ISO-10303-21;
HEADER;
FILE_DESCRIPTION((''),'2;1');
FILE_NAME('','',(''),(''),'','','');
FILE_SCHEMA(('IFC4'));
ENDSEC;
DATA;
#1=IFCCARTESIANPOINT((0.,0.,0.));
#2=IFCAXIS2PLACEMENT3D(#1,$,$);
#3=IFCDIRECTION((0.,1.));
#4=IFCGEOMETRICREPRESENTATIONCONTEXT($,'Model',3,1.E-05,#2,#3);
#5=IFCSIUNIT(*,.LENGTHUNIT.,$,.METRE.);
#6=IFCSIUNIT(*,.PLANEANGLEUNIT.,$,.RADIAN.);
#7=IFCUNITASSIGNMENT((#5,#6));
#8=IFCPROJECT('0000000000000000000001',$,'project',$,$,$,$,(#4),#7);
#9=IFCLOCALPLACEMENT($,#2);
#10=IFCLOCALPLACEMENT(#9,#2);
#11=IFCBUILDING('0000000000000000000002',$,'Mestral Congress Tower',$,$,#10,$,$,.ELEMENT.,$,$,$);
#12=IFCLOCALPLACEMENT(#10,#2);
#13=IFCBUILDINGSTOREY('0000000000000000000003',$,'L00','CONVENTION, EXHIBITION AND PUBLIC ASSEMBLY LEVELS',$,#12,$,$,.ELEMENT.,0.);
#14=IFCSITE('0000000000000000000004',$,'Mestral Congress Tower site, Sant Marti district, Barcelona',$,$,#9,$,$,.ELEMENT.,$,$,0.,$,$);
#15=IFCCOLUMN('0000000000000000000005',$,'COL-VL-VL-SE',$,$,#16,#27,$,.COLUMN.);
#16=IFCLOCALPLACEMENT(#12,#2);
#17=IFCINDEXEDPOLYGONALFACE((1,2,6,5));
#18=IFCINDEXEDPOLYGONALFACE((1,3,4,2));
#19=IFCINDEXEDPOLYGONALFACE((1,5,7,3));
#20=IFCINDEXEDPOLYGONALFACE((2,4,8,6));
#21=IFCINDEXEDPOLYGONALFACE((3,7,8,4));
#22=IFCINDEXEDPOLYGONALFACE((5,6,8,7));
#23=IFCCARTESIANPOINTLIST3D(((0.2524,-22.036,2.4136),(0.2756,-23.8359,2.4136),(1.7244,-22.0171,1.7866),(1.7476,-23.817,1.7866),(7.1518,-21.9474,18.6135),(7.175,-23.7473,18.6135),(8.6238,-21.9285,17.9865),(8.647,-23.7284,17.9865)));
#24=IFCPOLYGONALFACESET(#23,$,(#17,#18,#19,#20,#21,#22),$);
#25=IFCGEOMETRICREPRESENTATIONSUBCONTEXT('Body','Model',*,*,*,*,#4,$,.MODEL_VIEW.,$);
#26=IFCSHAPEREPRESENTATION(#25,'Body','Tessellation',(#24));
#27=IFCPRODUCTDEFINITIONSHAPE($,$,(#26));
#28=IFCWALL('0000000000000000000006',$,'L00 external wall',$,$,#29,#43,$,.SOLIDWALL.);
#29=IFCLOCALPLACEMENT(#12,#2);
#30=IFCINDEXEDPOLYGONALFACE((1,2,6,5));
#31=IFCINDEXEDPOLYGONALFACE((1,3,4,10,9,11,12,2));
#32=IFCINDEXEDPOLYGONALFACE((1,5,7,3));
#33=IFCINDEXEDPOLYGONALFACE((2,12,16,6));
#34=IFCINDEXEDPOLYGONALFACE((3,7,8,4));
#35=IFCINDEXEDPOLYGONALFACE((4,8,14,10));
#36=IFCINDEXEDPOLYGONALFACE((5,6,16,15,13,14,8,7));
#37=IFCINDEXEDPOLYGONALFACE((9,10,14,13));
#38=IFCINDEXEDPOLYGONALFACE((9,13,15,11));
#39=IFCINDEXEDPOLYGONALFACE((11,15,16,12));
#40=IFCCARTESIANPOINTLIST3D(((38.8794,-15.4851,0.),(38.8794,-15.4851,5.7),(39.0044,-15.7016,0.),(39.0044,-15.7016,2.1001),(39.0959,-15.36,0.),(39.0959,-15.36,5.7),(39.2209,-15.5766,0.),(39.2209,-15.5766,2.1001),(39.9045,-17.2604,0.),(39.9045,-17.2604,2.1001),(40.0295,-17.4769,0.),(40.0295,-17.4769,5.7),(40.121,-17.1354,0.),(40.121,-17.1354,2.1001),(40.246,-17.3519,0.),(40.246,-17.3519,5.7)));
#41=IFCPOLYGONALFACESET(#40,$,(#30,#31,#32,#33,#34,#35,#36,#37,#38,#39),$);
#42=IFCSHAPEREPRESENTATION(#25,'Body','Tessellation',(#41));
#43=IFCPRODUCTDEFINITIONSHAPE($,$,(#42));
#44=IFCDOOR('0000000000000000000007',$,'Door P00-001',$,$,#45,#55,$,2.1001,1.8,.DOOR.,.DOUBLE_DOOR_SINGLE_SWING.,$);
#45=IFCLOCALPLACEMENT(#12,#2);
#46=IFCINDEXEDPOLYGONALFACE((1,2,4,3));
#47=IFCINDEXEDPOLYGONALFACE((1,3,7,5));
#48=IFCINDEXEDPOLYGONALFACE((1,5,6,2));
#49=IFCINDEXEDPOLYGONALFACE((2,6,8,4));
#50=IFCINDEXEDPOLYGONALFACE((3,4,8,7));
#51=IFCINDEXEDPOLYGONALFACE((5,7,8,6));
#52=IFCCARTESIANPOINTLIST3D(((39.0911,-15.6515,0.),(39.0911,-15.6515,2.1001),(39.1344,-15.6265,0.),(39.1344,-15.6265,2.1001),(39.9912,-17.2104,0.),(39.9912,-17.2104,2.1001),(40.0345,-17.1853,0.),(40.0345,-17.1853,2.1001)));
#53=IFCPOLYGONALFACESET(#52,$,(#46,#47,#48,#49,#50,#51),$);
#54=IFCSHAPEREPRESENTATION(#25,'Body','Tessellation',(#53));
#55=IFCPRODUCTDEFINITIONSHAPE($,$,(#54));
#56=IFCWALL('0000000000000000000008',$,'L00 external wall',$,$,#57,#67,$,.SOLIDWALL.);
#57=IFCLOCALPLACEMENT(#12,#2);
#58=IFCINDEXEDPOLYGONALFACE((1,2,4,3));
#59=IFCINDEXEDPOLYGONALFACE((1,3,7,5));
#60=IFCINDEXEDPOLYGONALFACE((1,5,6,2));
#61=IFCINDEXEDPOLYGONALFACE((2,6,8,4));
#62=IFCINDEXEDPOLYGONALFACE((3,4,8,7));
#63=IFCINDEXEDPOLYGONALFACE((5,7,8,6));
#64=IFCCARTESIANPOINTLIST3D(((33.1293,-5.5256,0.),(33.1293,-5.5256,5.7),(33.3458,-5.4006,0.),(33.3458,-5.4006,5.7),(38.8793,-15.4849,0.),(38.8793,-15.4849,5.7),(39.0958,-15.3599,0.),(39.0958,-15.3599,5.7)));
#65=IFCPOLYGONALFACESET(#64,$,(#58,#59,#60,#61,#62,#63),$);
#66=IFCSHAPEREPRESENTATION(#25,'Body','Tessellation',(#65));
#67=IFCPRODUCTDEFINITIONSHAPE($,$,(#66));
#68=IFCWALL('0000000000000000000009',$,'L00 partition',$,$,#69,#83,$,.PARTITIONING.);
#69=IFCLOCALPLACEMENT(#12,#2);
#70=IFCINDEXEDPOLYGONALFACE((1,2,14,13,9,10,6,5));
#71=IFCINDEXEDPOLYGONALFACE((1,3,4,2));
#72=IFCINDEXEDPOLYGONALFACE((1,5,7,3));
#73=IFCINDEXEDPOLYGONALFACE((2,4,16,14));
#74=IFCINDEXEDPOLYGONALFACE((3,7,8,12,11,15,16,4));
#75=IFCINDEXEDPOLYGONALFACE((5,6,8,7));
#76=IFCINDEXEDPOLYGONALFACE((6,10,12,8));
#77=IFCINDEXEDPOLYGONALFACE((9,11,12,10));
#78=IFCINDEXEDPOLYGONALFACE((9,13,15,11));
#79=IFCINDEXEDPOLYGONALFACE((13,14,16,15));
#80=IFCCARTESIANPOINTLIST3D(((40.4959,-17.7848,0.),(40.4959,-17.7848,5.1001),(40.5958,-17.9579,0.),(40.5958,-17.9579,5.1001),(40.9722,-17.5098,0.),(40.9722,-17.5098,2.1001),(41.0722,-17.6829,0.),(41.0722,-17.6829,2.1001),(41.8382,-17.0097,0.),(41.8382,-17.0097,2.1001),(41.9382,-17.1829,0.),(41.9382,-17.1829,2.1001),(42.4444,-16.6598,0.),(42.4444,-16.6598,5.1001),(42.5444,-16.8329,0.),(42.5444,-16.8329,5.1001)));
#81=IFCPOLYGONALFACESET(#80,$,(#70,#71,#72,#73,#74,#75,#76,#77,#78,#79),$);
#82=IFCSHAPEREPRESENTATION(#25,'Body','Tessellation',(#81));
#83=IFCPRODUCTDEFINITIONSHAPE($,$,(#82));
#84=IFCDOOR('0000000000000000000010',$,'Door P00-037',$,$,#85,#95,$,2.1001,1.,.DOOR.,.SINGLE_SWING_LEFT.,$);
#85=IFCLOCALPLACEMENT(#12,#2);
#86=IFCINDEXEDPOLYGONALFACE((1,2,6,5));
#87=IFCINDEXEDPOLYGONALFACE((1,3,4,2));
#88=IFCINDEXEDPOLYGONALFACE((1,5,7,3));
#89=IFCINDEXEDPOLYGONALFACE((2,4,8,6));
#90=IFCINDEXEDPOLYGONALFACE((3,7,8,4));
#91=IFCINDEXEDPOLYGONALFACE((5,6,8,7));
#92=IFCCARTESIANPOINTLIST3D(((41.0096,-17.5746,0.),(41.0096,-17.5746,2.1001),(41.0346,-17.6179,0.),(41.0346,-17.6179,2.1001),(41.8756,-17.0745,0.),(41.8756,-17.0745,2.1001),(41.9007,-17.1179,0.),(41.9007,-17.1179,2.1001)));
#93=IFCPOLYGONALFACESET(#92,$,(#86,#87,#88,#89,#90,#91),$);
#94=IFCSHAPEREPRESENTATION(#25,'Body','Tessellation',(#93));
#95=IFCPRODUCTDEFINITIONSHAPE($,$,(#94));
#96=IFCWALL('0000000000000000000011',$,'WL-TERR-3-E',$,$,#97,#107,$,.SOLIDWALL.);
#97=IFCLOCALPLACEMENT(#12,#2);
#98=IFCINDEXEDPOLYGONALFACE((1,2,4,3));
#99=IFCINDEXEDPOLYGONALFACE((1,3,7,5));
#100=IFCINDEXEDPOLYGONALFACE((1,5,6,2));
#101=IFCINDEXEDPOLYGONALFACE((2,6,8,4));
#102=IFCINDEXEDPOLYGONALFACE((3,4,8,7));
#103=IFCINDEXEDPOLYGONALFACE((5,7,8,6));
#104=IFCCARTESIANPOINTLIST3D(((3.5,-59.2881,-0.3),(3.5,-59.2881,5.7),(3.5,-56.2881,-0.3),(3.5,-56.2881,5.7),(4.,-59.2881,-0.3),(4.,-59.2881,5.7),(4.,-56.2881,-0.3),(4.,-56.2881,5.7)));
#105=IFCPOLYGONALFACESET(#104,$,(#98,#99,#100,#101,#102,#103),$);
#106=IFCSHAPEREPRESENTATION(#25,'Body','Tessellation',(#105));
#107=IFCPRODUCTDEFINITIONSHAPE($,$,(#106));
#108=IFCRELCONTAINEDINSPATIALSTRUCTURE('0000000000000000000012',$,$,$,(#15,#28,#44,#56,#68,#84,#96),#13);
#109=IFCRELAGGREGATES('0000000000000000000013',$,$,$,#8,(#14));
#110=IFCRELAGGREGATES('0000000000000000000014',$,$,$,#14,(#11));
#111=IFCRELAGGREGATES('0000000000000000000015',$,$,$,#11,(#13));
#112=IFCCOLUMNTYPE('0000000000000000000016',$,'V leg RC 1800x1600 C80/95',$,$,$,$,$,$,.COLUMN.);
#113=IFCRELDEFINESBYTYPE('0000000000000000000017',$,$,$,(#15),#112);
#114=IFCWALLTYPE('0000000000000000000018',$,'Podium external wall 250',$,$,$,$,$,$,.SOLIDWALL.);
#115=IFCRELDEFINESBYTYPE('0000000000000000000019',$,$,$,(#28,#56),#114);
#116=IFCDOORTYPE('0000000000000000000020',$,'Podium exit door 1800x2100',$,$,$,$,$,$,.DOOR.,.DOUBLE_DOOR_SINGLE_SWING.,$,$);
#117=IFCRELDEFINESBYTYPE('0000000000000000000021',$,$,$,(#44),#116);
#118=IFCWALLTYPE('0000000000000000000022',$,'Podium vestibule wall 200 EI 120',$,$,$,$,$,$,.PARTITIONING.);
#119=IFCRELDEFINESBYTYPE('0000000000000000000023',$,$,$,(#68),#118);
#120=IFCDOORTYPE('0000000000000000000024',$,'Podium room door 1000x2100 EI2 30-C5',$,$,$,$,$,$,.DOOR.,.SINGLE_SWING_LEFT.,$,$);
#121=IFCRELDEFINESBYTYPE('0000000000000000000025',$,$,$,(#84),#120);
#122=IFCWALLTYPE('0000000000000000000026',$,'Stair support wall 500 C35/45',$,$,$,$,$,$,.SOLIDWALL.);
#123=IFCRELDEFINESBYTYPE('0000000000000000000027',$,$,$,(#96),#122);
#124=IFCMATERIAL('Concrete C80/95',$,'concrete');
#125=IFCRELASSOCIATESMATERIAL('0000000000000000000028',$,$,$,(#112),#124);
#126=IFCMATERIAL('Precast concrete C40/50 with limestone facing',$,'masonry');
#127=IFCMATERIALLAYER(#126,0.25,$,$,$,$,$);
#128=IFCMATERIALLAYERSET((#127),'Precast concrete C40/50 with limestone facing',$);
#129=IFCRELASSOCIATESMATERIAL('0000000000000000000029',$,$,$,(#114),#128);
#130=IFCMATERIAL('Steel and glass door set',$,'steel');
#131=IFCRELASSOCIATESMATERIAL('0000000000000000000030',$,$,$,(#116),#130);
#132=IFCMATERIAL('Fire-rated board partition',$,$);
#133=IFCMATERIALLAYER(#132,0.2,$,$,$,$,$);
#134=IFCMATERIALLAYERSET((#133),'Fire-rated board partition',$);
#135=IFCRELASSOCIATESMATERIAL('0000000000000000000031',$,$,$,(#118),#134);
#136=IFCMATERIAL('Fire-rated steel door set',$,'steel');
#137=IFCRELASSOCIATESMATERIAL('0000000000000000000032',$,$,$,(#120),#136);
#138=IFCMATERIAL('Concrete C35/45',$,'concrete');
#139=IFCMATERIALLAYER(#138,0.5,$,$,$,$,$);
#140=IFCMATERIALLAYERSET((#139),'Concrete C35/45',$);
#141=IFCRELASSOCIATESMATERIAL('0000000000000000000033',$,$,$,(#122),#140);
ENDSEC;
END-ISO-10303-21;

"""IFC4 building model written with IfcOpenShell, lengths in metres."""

from ifc_helpers import new_model, si_unit, direction, frame, frame_2d, origin, origin_2d, place, context, subcontext, project, spatial, rectangle, extrude, material, layer, layer_set, material_profile, profile_set, type_object, element, fill, save


model = new_model("IFC4")

# Units and contexts
model_context = context("Model", 3, precision=1e-05, world=origin(), true_north=direction((0.0, 1.0)))
body_context = subcontext(model_context, "Body", "Model", "MODEL_VIEW")
ifc_project = project(units=[si_unit("LENGTHUNIT", "METRE"), si_unit("PLANEANGLEUNIT", "RADIAN")], contexts=[model_context])

# Site, building, storey
site_placement = place(None, origin())
site = spatial("IfcSite", under=ifc_project, at=site_placement, Name="Mestral Congress Tower site, Sant Marti district, Barcelona", CompositionType="ELEMENT", RefElevation=0.0)
building_placement = place(site_placement, origin())
building = spatial("IfcBuilding", under=site, at=building_placement, Name="Mestral Congress Tower", CompositionType="ELEMENT")
storey_placement = place(building_placement, origin())
storey = spatial("IfcBuildingStorey", under=building, at=storey_placement, Name="L00", Description="CONVENTION, EXHIBITION AND PUBLIC ASSEMBLY LEVELS", CompositionType="ELEMENT", Elevation=0.0)

# Shared definitions
ifc_material_1 = material(Name="Concrete C35/45", Category="concrete")

# Column
ifc_material_2 = material(Name="Concrete C80/95", Category="concrete")
ifc_material_profile_1 = material_profile(ifc_material_2, rectangle(XDim=1.8, YDim=1.6001, at=origin_2d()), Name="RC 1800x1600")
ifc_profile_set_1 = profile_set([ifc_material_profile_1], Name="Concrete C80/95")
column_type_1 = type_object("IfcColumnType", Name="V leg RC 1800x1600 C80/95", PredefinedType="COLUMN", material=ifc_profile_set_1)
column_1_placement = place(storey_placement, frame((1.0, -22.9265, 2.1001), z_axis=(0.39183, 0.005033, 0.920024), x_axis=(-0.012844, 0.999918, 0.0)))
element("IfcColumn", 1, at=column_1_placement, inside=storey, type_object=column_type_1, Name="COL-VL-VL-SE", PredefinedType="COLUMN", context=body_context, shape_type="SweptSolid", body=[
    extrude(rectangle(XDim=1.8, YDim=1.6001, at=origin_2d()), origin(), (0.0, 0.0, 1.0), 17.6082),
])

# Wall, opening, door
ifc_material_3 = material(Name="Precast concrete C40/50 with limestone facing", Category="masonry")
ifc_layer_1 = layer(ifc_material_3, 0.25)
ifc_layer_set_1 = layer_set([ifc_layer_1], Name="Precast concrete C40/50 with limestone facing")
wall_type_1 = type_object("IfcWallType", Name="Podium external wall 250", PredefinedType="SOLIDWALL", material=ifc_layer_set_1)
wall_1_placement = place(storey_placement, frame((40.1377, -17.4143, 0.0), z_axis=(0.0, 0.0, 1.0), x_axis=(-0.500032, 0.866007, 0.0)))
wall_1 = element("IfcWall", 2, at=wall_1_placement, inside=storey, type_object=wall_type_1, Name="L00 external wall", PredefinedType="SOLIDWALL", context=body_context, shape_type="SweptSolid", body=[
    extrude(rectangle(XDim=2.3, YDim=0.25, at=frame_2d((1.1499, 0.0))), origin(), (0.0, 0.0, 1.0), 5.7),
])
opening_1_placement = place(wall_1_placement, frame((0.25, 0.0, 0.0)))
opening_1 = element("IfcOpeningElement", 3, at=opening_1_placement, cuts=wall_1, PredefinedType="OPENING", context=body_context, shape_type="SweptSolid", body=[
    extrude(rectangle(XDim=1.8, YDim=2.1001, at=frame_2d((0.8999, 1.05))), frame((0.0, 0.135, 0.0), z_axis=(0.0, -1.0, 0.0), x_axis=(1.0, 0.0, 0.0)), (0.0, 0.0, 1.0), 0.27),
])
ifc_material_4 = material(Name="Steel and glass door set", Category="steel")
door_type_1 = type_object("IfcDoorType", Name="Podium exit door 1800x2100", OperationType="DOUBLE_DOOR_SINGLE_SWING", PredefinedType="DOOR", material=ifc_material_4)
door_1_placement = place(opening_1_placement, origin())
door_1 = element("IfcDoor", 4, at=door_1_placement, inside=storey, type_object=door_type_1, Name="Door P00-001", OperationType="DOUBLE_DOOR_SINGLE_SWING", OverallHeight=2.1001, OverallWidth=1.8, PredefinedType="DOOR", context=body_context, shape_type="SweptSolid", body=[
    extrude(rectangle(XDim=1.8, YDim=2.1001, at=frame_2d((0.8999, 1.05))), frame((0.0, 0.0249, 0.0), z_axis=(0.0, -1.0, 0.0), x_axis=(1.0, 0.0, 0.0)), (0.0, 0.0, 1.0), 0.05),
])
fill(opening_1, door_1)

# Wall
wall_2_placement = place(storey_placement, frame((38.9875, -15.4224, 0.0), z_axis=(0.0, 0.0, 1.0), x_axis=(-0.500002, 0.866024, 0.0)))
element("IfcWall", 5, at=wall_2_placement, inside=storey, type_object=wall_type_1, Name="L00 external wall", PredefinedType="SOLIDWALL", context=body_context, shape_type="SweptSolid", body=[
    extrude(rectangle(XDim=11.5, YDim=0.25, at=frame_2d((5.75, 0.0))), origin(), (0.0, 0.0, 1.0), 5.7),
])

# Wall, opening, door
ifc_material_5 = material(Name="Fire-rated board partition")
ifc_layer_2 = layer(ifc_material_5, 0.2)
ifc_layer_set_2 = layer_set([ifc_layer_2], Name="Fire-rated board partition")
wall_type_2 = type_object("IfcWallType", Name="Podium vestibule wall 200 EI 120", PredefinedType="PARTITIONING", material=ifc_layer_set_2)
wall_3_placement = place(storey_placement, frame((42.4944, -16.7463, 0.0), z_axis=(0.0, 0.0, 1.0), x_axis=(-0.866018, -0.500014, 0.0)))
wall_3 = element("IfcWall", 6, at=wall_3_placement, inside=storey, type_object=wall_type_2, Name="L00 partition", PredefinedType="PARTITIONING", context=body_context, shape_type="SweptSolid", body=[
    extrude(rectangle(XDim=2.25, YDim=0.2, at=frame_2d((1.125, 0.0))), origin(), (0.0, 0.0, 1.0), 5.1001),
])
opening_2_placement = place(wall_3_placement, frame((0.7, 0.0, 0.0)))
opening_2 = element("IfcOpeningElement", 7, at=opening_2_placement, cuts=wall_3, PredefinedType="OPENING", context=body_context, shape_type="SweptSolid", body=[
    extrude(rectangle(XDim=1.0, YDim=2.1001, at=frame_2d((0.5, 1.05))), frame((0.0, 0.1099, 0.0), z_axis=(0.0, -1.0, 0.0), x_axis=(1.0, 0.0, 0.0)), (0.0, 0.0, 1.0), 0.22),
])
ifc_material_6 = material(Name="Fire-rated steel door set", Category="steel")
door_type_2 = type_object("IfcDoorType", Name="Podium room door 1000x2100 EI2 30-C5", OperationType="SINGLE_SWING_LEFT", PredefinedType="DOOR", material=ifc_material_6)
door_2_placement = place(opening_2_placement, origin())
door_2 = element("IfcDoor", 8, at=door_2_placement, inside=storey, type_object=door_type_2, Name="Door P00-037", OperationType="SINGLE_SWING_LEFT", OverallHeight=2.1001, OverallWidth=1.0, PredefinedType="DOOR", context=body_context, shape_type="SweptSolid", body=[
    extrude(rectangle(XDim=1.0, YDim=2.1001, at=frame_2d((0.5, 1.05))), frame((0.0, 0.0249, 0.0), z_axis=(0.0, -1.0, 0.0), x_axis=(1.0, 0.0, 0.0)), (0.0, 0.0, 1.0), 0.05),
])
fill(opening_2, door_2)

# Wall
ifc_layer_3 = layer(ifc_material_1, 0.5)
ifc_layer_set_3 = layer_set([ifc_layer_3], Name="Concrete C35/45")
wall_type_3 = type_object("IfcWallType", Name="Stair support wall 500 C35/45", PredefinedType="SOLIDWALL", material=ifc_layer_set_3)
wall_4_placement = place(storey_placement, frame((3.75, -59.2881, -0.3), z_axis=(0.0, 0.0, 1.0), x_axis=(0.0, 1.0, 0.0)))
element("IfcWall", 9, at=wall_4_placement, inside=storey, type_object=wall_type_3, Name="WL-TERR-3-E", PredefinedType="SOLIDWALL", context=body_context, shape_type="SweptSolid", body=[
    extrude(rectangle(XDim=3.0, YDim=0.5, at=frame_2d((1.5, 0.0))), origin(), (0.0, 0.0, 1.0), 6.0),
])

save(model, "model.ifc")
